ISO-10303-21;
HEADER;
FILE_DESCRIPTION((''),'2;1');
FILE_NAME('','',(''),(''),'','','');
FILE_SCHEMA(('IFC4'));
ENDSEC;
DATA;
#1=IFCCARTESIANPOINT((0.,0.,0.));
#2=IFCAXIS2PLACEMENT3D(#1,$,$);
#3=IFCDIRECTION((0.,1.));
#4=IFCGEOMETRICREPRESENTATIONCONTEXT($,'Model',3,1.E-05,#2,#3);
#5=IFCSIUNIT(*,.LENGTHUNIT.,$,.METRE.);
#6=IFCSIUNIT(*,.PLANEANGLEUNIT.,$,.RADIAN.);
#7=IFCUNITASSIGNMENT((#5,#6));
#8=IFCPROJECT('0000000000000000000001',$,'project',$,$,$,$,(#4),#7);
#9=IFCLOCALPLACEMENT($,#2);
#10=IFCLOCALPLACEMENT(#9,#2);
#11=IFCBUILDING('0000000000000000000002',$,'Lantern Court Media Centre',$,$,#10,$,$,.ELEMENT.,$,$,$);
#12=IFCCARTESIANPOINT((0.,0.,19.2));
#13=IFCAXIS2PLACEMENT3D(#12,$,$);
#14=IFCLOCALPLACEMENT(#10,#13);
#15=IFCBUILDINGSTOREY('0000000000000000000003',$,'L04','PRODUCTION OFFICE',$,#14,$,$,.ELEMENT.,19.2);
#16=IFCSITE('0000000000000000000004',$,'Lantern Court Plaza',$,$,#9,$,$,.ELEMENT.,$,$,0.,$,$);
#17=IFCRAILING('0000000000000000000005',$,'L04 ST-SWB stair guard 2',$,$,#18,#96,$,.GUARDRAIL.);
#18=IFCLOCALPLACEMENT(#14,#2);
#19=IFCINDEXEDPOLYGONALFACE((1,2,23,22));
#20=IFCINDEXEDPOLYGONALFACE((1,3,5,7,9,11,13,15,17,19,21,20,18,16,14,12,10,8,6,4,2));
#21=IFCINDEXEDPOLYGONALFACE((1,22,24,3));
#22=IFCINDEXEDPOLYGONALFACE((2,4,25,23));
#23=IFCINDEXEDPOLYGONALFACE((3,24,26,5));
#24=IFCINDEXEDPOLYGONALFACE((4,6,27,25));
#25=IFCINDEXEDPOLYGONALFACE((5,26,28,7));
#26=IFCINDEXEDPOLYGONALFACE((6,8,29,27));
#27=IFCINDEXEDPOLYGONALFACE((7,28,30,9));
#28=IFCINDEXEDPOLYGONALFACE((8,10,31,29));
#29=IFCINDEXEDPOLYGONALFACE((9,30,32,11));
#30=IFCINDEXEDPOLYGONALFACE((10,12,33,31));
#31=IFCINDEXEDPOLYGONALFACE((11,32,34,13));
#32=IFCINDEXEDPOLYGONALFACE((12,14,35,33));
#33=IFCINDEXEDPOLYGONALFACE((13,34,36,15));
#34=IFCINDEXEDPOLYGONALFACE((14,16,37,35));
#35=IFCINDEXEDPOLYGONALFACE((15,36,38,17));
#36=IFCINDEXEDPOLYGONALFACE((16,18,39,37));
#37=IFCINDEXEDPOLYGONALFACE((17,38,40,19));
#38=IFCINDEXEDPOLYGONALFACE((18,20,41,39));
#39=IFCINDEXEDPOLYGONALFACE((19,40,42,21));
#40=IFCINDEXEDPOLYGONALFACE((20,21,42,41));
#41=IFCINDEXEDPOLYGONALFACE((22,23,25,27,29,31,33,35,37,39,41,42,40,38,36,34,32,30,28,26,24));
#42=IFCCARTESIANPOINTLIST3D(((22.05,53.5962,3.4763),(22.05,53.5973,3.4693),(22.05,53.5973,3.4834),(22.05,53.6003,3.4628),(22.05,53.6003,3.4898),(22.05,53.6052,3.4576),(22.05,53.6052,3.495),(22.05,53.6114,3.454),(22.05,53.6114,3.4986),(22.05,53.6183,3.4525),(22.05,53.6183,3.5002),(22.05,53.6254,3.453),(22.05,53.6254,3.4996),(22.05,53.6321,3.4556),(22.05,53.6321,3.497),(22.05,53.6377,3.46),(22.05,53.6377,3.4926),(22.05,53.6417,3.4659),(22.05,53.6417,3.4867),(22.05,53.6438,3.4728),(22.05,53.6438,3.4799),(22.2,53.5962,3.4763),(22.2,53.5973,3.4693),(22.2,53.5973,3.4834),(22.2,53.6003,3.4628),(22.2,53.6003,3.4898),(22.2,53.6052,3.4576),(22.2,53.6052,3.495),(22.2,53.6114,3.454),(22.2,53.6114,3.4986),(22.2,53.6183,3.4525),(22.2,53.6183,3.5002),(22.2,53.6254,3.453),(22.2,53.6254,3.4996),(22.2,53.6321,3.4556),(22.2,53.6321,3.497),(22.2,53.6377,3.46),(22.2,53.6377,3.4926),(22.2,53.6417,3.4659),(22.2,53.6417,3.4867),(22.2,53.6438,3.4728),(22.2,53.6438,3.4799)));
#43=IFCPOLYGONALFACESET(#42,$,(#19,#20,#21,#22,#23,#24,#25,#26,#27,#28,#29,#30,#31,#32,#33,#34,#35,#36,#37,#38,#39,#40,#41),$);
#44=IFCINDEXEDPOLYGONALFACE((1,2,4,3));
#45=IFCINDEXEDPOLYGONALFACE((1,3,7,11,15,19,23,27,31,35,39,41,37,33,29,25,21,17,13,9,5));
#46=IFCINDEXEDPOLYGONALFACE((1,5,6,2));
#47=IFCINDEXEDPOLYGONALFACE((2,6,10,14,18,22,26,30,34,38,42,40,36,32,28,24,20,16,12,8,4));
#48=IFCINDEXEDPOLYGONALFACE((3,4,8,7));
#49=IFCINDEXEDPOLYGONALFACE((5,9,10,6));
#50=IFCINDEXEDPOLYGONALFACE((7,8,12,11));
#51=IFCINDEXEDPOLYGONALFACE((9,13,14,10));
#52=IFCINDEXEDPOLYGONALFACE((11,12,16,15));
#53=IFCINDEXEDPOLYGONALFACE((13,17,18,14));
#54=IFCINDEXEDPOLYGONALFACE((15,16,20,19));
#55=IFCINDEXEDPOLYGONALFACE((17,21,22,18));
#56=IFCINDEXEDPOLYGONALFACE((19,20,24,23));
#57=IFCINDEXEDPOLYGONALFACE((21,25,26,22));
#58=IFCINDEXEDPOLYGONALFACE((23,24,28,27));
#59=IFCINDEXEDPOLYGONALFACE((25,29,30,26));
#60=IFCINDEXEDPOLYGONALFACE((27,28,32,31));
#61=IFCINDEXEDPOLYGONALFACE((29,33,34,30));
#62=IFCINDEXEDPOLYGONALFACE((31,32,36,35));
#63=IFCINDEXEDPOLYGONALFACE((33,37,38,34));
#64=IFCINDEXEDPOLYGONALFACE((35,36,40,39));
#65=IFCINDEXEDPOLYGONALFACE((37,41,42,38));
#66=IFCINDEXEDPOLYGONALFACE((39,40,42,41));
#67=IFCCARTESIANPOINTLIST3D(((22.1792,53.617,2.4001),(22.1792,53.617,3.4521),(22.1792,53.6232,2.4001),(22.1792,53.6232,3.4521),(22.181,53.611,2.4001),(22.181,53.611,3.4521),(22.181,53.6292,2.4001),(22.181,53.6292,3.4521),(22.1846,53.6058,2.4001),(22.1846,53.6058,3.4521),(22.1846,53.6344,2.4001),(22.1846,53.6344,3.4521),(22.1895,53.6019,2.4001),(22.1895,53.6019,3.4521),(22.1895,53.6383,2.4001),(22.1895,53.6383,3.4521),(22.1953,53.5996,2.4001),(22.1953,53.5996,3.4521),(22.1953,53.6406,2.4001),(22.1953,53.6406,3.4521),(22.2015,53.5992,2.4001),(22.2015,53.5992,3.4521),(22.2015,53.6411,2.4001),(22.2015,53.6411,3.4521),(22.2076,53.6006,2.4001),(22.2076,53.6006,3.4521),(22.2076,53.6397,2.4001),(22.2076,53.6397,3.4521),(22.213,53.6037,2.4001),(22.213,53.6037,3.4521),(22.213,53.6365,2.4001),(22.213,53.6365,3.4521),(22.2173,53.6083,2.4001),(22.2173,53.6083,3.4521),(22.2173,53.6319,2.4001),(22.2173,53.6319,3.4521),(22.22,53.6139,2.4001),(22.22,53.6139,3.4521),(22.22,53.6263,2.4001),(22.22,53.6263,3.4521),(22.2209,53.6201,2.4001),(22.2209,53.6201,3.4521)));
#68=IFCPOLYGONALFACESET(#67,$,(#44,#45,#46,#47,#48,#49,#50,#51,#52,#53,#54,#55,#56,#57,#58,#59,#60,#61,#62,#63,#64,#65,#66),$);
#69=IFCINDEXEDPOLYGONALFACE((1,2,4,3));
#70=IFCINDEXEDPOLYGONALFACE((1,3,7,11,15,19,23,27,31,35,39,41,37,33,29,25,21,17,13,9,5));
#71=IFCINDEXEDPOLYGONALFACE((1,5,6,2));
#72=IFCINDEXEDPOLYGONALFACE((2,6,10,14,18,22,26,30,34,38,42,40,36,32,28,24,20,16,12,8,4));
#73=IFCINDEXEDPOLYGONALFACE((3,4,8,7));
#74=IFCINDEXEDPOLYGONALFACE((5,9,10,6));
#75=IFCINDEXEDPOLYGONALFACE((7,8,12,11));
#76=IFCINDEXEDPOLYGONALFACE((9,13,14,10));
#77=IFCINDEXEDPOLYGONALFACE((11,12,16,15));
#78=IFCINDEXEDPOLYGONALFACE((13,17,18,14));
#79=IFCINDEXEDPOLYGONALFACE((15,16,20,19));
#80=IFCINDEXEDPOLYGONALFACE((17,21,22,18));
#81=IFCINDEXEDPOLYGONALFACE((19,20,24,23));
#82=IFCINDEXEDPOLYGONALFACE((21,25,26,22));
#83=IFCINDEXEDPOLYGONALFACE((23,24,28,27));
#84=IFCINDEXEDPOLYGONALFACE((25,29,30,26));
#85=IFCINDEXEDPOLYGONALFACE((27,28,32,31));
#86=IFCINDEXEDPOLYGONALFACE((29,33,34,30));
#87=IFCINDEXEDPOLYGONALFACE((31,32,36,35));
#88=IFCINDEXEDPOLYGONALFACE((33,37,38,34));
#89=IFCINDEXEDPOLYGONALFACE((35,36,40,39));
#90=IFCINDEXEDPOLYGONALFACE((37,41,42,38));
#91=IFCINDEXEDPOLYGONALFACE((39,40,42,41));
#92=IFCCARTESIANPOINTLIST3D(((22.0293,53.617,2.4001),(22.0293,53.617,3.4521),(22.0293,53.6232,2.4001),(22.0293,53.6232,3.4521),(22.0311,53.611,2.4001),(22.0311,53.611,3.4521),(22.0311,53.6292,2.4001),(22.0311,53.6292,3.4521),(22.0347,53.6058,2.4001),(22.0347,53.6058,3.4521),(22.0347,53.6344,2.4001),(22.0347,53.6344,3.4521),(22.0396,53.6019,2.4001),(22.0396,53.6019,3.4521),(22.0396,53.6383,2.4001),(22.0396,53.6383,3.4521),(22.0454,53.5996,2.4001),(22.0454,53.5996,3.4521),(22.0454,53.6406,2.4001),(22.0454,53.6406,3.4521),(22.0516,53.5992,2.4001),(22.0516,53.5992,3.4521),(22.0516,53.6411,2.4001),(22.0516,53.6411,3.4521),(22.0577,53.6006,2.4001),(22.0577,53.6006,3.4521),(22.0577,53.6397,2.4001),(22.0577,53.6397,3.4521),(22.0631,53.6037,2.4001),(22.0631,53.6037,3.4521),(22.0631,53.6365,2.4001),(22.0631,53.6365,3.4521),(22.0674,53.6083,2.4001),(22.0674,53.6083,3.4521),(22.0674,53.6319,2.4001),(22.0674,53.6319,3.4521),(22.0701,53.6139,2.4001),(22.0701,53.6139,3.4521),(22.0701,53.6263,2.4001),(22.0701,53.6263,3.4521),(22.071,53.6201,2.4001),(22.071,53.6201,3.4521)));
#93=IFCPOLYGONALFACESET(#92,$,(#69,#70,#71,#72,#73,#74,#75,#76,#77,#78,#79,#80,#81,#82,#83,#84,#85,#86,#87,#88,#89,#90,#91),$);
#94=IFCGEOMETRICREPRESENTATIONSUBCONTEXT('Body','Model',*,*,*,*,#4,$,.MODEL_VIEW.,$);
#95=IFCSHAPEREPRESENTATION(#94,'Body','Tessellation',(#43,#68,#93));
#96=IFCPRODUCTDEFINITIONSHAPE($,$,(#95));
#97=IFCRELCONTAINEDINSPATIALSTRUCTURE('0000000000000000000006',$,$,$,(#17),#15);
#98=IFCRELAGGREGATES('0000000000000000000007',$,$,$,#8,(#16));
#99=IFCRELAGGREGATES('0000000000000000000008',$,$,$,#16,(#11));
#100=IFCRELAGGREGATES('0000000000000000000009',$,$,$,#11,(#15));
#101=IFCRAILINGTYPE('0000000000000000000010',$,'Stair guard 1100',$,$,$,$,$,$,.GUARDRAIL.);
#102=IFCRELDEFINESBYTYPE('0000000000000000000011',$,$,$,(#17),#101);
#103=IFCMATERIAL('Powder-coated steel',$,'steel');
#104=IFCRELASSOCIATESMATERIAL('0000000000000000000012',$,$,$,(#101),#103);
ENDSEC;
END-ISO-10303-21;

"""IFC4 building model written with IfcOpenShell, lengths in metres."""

from ifc_helpers import new_model, si_unit, direction, frame, origin, origin_2d, place, context, subcontext, project, spatial, circle, extrude, material, type_object, element, save


model = new_model("IFC4")

# Units and contexts
model_context = context("Model", 3, precision=1e-05, world=origin(), true_north=direction((0.0, 1.0)))
body_context = subcontext(model_context, "Body", "Model", "MODEL_VIEW")
ifc_project = project(units=[si_unit("LENGTHUNIT", "METRE"), si_unit("PLANEANGLEUNIT", "RADIAN")], contexts=[model_context])

# Site, building, storey
site_placement = place(None, origin())
site = spatial("IfcSite", under=ifc_project, at=site_placement, Name="Lantern Court Plaza", CompositionType="ELEMENT", RefElevation=0.0)
building_placement = place(site_placement, origin())
building = spatial("IfcBuilding", under=site, at=building_placement, Name="Lantern Court Media Centre", CompositionType="ELEMENT")
storey_placement = place(building_placement, frame((0.0, 0.0, 19.2)))
storey = spatial("IfcBuildingStorey", under=building, at=storey_placement, Name="L04", Description="PRODUCTION OFFICE", CompositionType="ELEMENT", Elevation=19.2)

# Railing
ifc_material_1 = material(Name="Powder-coated steel", Category="steel")
railing_type_1 = type_object("IfcRailingType", Name="Stair guard 1100", PredefinedType="GUARDRAIL", material=ifc_material_1)
railing_1_placement = place(storey_placement, frame((22.2, 53.6201, 2.4001)))
element("IfcRailing", 1, at=railing_1_placement, inside=storey, type_object=railing_type_1, Name="L04 ST-SWB stair guard 2", PredefinedType="GUARDRAIL", context=body_context, shape_type="SweptSolid", body=[
    extrude(circle(Radius=0.0239, at=origin_2d()), frame((0.0, 0.0, 1.0762), z_axis=(-1.0, 0.0, 0.0), x_axis=(0.0, -1.0, 0.0)), (0.0, 0.0, 1.0), 0.1499),
    extrude(circle(Radius=0.021, at=origin_2d()), origin(), (0.0, 0.0, 1.0), 1.052),
    extrude(circle(Radius=0.021, at=origin_2d()), frame((-0.1499, 0.0, 0.0)), (0.0, 0.0, 1.0), 1.052),
])

save(model, "model.ifc")
